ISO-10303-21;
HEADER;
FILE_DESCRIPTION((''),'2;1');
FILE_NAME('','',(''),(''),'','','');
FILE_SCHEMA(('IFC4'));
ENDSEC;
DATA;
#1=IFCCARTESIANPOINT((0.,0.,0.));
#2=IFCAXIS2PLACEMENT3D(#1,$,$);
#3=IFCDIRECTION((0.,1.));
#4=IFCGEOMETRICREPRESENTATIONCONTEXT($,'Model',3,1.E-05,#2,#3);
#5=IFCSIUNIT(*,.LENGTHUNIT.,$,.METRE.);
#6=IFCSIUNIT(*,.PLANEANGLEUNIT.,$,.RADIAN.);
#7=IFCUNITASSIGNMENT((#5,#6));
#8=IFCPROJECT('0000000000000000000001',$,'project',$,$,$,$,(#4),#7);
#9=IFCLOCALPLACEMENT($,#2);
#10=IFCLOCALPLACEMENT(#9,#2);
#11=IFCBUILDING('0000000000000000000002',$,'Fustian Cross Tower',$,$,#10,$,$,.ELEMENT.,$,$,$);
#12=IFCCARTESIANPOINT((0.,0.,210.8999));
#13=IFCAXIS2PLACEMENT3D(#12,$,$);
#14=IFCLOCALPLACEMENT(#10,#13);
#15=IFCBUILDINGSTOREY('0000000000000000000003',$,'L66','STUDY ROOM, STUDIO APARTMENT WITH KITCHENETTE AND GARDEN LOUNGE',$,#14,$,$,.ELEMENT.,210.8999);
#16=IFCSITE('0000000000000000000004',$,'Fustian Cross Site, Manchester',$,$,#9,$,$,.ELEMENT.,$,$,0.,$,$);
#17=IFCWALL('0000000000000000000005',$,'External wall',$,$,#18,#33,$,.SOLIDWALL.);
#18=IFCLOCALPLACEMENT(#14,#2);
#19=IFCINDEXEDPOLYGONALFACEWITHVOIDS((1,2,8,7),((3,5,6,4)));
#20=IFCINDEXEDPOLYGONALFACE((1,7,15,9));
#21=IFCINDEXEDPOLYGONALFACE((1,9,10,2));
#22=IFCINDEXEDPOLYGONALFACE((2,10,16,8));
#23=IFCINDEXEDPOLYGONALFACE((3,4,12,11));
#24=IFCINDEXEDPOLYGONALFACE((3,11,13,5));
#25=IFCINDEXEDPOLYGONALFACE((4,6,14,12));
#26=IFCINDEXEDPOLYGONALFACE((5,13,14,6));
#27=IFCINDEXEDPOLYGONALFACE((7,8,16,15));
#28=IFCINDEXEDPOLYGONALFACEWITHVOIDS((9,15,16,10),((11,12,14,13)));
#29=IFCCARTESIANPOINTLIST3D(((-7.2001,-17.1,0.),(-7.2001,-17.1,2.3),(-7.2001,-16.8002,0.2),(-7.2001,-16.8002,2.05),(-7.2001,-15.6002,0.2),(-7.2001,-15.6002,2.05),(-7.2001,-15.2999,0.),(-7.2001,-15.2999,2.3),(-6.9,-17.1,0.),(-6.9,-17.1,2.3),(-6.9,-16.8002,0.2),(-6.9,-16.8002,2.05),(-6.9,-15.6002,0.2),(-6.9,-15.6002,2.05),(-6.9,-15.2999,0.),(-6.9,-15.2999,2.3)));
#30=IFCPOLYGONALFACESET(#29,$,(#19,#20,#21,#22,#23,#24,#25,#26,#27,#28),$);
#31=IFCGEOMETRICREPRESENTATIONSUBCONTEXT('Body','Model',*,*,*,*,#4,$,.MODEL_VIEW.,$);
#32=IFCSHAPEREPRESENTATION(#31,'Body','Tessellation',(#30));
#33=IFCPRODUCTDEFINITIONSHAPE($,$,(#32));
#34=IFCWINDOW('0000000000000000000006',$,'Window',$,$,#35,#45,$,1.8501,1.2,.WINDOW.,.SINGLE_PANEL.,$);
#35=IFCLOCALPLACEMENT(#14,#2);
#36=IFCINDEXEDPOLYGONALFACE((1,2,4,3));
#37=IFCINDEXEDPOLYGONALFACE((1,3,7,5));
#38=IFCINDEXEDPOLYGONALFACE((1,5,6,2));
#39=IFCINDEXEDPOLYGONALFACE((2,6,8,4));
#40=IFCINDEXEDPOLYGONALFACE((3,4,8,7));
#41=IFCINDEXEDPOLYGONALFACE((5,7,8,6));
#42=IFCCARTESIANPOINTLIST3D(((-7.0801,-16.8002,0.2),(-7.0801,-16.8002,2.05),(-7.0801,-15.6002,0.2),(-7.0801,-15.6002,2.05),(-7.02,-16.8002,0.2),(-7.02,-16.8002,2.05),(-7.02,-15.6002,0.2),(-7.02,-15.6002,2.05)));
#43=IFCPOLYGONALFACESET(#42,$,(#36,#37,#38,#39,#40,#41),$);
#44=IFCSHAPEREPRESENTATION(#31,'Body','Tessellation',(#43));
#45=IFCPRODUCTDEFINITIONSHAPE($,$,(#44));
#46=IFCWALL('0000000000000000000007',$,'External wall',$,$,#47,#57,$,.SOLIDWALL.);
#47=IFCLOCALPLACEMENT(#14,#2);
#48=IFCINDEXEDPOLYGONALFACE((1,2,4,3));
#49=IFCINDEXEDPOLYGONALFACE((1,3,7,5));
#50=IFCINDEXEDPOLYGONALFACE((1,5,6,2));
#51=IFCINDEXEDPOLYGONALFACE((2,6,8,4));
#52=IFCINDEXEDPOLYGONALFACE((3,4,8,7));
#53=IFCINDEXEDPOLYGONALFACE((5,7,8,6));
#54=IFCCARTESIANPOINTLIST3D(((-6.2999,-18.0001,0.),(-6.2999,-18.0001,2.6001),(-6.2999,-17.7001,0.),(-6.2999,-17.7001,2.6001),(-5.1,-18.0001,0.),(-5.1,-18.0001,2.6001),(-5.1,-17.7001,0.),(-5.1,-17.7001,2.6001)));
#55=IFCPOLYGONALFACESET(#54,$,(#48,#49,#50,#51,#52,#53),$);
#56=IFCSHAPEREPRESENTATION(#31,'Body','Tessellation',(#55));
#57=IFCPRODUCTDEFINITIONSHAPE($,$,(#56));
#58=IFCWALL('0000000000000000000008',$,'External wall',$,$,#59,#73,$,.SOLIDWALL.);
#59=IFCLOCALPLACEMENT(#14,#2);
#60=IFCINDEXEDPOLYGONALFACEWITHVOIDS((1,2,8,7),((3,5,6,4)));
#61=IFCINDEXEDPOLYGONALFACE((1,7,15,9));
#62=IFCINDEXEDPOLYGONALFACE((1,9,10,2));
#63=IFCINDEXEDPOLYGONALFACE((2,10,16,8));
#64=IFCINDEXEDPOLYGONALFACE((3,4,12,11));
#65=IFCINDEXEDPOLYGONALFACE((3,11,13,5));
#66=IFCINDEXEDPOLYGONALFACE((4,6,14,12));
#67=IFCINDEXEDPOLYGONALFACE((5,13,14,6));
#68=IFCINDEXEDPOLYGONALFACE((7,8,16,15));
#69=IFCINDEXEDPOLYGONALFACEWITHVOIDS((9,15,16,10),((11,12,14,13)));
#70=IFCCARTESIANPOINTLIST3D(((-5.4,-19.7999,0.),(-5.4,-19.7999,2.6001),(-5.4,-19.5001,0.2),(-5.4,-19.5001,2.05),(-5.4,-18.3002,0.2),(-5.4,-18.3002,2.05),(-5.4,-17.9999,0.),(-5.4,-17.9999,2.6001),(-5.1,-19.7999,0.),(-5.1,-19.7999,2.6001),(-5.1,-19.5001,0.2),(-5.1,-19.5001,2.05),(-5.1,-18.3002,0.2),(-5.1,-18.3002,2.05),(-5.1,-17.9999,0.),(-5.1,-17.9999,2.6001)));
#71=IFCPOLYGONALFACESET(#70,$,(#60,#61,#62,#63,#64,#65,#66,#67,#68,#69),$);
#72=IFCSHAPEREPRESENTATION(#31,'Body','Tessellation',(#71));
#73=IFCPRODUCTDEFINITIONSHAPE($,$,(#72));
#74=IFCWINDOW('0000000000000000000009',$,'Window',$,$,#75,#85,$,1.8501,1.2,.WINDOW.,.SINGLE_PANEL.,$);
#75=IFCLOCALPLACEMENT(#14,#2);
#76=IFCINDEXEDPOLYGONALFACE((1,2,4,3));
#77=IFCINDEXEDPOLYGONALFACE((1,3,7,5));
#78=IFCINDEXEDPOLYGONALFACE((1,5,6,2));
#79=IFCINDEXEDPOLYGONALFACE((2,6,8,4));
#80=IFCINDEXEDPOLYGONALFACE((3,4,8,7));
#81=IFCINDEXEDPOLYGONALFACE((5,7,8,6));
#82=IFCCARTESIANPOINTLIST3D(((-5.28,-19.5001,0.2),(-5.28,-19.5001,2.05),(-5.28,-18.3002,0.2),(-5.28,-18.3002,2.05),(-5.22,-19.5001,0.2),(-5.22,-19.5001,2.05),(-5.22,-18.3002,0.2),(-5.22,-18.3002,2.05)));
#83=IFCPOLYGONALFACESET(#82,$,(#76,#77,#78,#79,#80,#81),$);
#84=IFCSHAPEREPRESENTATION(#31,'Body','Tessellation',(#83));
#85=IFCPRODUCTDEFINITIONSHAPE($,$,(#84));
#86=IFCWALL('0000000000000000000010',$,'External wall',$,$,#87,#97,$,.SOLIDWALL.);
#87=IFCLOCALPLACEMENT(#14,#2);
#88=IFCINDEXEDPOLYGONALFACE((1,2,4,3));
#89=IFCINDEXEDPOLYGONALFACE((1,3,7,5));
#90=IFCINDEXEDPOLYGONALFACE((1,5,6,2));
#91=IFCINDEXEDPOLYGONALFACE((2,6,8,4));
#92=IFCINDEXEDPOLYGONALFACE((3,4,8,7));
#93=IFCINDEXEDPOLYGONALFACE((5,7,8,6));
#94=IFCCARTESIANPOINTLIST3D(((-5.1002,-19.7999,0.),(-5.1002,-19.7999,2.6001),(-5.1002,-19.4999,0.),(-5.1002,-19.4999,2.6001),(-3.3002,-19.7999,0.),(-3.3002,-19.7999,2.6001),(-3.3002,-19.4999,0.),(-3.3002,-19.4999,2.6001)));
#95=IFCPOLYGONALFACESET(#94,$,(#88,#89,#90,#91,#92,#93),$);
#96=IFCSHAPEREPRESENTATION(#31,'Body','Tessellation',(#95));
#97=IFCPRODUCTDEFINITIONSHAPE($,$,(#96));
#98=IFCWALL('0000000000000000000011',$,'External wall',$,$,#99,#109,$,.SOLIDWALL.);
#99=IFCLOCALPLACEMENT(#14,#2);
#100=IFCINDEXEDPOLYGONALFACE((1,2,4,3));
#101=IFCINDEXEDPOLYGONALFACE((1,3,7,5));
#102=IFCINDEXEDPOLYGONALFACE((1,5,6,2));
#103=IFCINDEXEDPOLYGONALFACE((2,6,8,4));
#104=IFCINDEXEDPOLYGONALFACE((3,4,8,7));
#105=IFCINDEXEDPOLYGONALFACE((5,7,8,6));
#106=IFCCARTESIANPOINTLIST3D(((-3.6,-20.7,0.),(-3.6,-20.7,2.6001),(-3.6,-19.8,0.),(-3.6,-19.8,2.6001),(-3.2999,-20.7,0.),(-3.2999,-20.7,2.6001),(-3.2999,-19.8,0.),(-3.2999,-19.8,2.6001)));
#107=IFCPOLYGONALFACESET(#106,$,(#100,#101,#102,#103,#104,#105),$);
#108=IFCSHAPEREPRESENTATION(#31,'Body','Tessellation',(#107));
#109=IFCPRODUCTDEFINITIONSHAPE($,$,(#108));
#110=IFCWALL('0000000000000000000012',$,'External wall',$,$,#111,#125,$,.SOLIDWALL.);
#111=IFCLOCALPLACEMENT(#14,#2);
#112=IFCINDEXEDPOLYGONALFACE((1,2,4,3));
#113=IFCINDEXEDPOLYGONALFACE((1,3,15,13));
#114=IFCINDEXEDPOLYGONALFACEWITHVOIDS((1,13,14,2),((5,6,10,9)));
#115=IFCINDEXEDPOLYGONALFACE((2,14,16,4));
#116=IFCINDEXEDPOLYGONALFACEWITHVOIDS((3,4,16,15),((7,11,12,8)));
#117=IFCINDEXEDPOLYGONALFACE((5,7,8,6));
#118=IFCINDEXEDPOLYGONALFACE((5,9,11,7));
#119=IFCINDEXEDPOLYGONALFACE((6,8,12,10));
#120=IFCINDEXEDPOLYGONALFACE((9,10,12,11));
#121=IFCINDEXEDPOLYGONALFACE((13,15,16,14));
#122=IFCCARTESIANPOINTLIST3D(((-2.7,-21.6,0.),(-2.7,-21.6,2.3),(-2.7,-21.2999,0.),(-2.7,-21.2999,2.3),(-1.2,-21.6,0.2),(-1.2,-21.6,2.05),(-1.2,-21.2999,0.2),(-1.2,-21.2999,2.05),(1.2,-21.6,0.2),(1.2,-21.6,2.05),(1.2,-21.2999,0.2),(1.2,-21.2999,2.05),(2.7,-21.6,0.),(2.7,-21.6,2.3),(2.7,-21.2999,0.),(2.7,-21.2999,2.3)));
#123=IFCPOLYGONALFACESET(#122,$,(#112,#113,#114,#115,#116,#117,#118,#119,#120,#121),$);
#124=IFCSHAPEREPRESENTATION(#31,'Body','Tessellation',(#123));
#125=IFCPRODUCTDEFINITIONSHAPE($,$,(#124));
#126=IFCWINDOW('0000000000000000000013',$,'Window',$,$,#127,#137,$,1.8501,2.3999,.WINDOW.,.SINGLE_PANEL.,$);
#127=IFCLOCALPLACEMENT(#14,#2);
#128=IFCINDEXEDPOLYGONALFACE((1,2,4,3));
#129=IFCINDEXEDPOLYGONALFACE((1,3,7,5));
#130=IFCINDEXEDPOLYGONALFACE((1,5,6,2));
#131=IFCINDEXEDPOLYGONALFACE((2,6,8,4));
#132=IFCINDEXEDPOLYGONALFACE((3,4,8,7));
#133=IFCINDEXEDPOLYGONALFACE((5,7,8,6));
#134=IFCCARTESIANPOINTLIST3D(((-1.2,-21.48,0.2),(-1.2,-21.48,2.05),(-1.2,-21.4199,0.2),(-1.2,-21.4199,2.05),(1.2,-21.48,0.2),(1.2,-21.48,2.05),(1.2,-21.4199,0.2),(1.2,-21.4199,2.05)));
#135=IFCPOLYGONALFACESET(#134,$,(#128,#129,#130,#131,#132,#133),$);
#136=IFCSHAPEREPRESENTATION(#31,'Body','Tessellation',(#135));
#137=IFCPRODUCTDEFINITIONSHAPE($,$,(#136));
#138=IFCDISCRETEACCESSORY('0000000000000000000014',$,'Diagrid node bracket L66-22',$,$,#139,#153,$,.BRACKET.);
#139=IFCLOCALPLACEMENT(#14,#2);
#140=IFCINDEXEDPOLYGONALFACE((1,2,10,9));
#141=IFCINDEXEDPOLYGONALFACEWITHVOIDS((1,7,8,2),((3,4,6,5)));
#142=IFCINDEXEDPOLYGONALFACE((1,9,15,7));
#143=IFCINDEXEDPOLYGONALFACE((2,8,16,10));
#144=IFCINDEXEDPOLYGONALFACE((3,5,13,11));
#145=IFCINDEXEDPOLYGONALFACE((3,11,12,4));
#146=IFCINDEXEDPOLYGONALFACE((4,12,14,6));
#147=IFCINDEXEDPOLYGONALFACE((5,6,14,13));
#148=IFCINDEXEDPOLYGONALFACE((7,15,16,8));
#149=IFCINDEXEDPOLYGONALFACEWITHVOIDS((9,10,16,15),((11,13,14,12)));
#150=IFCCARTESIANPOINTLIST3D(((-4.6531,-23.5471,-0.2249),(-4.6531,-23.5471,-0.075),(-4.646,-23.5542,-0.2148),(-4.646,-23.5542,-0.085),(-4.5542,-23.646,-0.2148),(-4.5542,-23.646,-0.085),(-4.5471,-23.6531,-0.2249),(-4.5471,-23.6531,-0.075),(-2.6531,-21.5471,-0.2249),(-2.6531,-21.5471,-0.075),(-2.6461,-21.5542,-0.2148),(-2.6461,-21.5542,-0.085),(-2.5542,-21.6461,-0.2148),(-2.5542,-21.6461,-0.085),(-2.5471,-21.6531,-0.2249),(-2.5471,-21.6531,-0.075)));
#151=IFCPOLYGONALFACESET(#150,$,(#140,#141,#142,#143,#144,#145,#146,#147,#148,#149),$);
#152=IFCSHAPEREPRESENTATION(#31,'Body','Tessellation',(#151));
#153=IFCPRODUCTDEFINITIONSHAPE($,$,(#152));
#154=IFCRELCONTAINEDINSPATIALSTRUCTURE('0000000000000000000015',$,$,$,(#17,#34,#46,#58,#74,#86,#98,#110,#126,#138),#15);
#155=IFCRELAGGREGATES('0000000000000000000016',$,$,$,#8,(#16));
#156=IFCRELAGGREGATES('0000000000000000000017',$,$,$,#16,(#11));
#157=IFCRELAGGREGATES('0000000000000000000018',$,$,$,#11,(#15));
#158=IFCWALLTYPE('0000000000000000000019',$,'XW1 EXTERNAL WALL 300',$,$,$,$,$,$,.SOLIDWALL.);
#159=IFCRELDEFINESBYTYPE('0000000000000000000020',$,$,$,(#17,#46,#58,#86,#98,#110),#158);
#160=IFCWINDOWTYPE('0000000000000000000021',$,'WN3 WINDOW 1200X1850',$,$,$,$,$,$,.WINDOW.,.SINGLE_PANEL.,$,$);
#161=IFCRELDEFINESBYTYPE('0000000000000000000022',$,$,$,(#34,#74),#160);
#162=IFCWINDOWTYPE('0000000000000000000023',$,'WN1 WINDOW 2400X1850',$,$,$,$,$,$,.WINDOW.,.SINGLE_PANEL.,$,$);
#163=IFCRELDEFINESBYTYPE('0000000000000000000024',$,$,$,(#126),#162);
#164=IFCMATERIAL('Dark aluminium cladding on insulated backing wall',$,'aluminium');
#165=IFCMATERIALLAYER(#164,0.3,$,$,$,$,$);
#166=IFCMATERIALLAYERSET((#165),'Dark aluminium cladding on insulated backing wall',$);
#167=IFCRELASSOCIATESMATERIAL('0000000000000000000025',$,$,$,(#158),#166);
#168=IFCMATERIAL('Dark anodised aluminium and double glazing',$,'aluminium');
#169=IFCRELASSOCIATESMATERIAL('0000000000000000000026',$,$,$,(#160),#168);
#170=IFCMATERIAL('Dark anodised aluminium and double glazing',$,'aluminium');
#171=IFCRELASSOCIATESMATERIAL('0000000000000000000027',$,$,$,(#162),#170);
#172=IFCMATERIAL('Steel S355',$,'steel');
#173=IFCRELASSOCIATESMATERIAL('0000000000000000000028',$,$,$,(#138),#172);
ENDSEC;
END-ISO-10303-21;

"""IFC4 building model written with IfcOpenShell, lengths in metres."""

from ifc_helpers import new_model, si_unit, direction, frame, frame_2d, origin, origin_2d, place, context, subcontext, project, spatial, rectangle, hollow_rectangle, extrude, material, layer, layer_set, type_object, element, fill, save


model = new_model("IFC4")

# Units and contexts
model_context = context("Model", 3, precision=1e-05, world=origin(), true_north=direction((0.0, 1.0)))
body_context = subcontext(model_context, "Body", "Model", "MODEL_VIEW")
ifc_project = project(units=[si_unit("LENGTHUNIT", "METRE"), si_unit("PLANEANGLEUNIT", "RADIAN")], contexts=[model_context])

# Site, building, storey
site_placement = place(None, origin())
site = spatial("IfcSite", under=ifc_project, at=site_placement, Name="Fustian Cross Site, Manchester", CompositionType="ELEMENT", RefElevation=0.0)
building_placement = place(site_placement, origin())
building = spatial("IfcBuilding", under=site, at=building_placement, Name="Fustian Cross Tower", CompositionType="ELEMENT")
storey_placement = place(building_placement, frame((0.0, 0.0, 210.8999)))
storey = spatial("IfcBuildingStorey", under=building, at=storey_placement, Name="L66", Description="STUDY ROOM, STUDIO APARTMENT WITH KITCHENETTE AND GARDEN LOUNGE", CompositionType="ELEMENT", Elevation=210.8999)

# Shared definitions
ifc_material_1 = material(Name="Dark aluminium cladding on insulated backing wall", Category="aluminium")
ifc_layer_1 = layer(ifc_material_1, 0.3)
ifc_layer_set_1 = layer_set([ifc_layer_1], Name="Dark aluminium cladding on insulated backing wall")
wall_type_1 = type_object("IfcWallType", Name="XW1 EXTERNAL WALL 300", PredefinedType="SOLIDWALL", material=ifc_layer_set_1)

# Wall, opening, window
wall_1_placement = place(storey_placement, frame((-7.05, -15.3, 0.0), z_axis=(0.0, 0.0, 1.0), x_axis=(0.0, -1.0, 0.0)))
wall_1 = element("IfcWall", 1, at=wall_1_placement, inside=storey, type_object=wall_type_1, Name="External wall", PredefinedType="SOLIDWALL", context=body_context, shape_type="SweptSolid", body=[
    extrude(rectangle(XDim=1.8, YDim=0.3, at=frame_2d((0.8999, 0.0))), origin(), (0.0, 0.0, 1.0), 2.3),
])
opening_1_placement = place(wall_1_placement, frame((0.3, 0.0, 0.2)))
opening_1 = element("IfcOpeningElement", 2, at=opening_1_placement, cuts=wall_1, PredefinedType="OPENING", context=body_context, shape_type="SweptSolid", body=[
    extrude(rectangle(XDim=1.2, YDim=1.8501, at=frame_2d((0.6001, 0.925))), frame((0.0, 0.1599, 0.0), z_axis=(0.0, -1.0, 0.0), x_axis=(1.0, 0.0, 0.0)), (0.0, 0.0, 1.0), 0.3201),
])
ifc_material_2 = material(Name="Dark anodised aluminium and double glazing", Category="aluminium")
window_type_1 = type_object("IfcWindowType", Name="WN3 WINDOW 1200X1850", PartitioningType="SINGLE_PANEL", PredefinedType="WINDOW", material=ifc_material_2)
window_1_placement = place(opening_1_placement, origin())
window_1 = element("IfcWindow", 3, at=window_1_placement, inside=storey, type_object=window_type_1, Name="Window", OverallHeight=1.8501, OverallWidth=1.2, PartitioningType="SINGLE_PANEL", PredefinedType="WINDOW", context=body_context, shape_type="SweptSolid", body=[
    extrude(rectangle(XDim=1.2, YDim=1.8501, at=frame_2d((0.6001, 0.925))), frame((0.0, 0.03, 0.0), z_axis=(0.0, -1.0, 0.0), x_axis=(1.0, 0.0, 0.0)), (0.0, 0.0, 1.0), 0.0601),
])
fill(opening_1, window_1)

# Wall
wall_2_placement = place(storey_placement, frame((-6.3, -17.8501, 0.0), z_axis=(0.0, 0.0, 1.0), x_axis=(1.0, 0.0, 0.0)))
element("IfcWall", 4, at=wall_2_placement, inside=storey, type_object=wall_type_1, Name="External wall", PredefinedType="SOLIDWALL", context=body_context, shape_type="SweptSolid", body=[
    extrude(rectangle(XDim=1.2, YDim=0.3, at=frame_2d((0.6001, 0.0))), origin(), (0.0, 0.0, 1.0), 2.6001),
])

# Wall, opening, window
wall_3_placement = place(storey_placement, frame((-5.25, -18.0, 0.0), z_axis=(0.0, 0.0, 1.0), x_axis=(0.0, -1.0, 0.0)))
wall_3 = element("IfcWall", 5, at=wall_3_placement, inside=storey, type_object=wall_type_1, Name="External wall", PredefinedType="SOLIDWALL", context=body_context, shape_type="SweptSolid", body=[
    extrude(rectangle(XDim=1.8, YDim=0.3, at=frame_2d((0.8999, 0.0))), origin(), (0.0, 0.0, 1.0), 2.6001),
])
opening_2_placement = place(wall_3_placement, frame((0.3, 0.0, 0.2)))
opening_2 = element("IfcOpeningElement", 6, at=opening_2_placement, cuts=wall_3, PredefinedType="OPENING", context=body_context, shape_type="SweptSolid", body=[
    extrude(rectangle(XDim=1.2, YDim=1.8501, at=frame_2d((0.6001, 0.925))), frame((0.0, 0.1599, 0.0), z_axis=(0.0, -1.0, 0.0), x_axis=(1.0, 0.0, 0.0)), (0.0, 0.0, 1.0), 0.3201),
])
window_2_placement = place(opening_2_placement, origin())
window_2 = element("IfcWindow", 7, at=window_2_placement, inside=storey, type_object=window_type_1, Name="Window", OverallHeight=1.8501, OverallWidth=1.2, PartitioningType="SINGLE_PANEL", PredefinedType="WINDOW", context=body_context, shape_type="SweptSolid", body=[
    extrude(rectangle(XDim=1.2, YDim=1.8501, at=frame_2d((0.6001, 0.925))), frame((0.0, 0.03, 0.0), z_axis=(0.0, -1.0, 0.0), x_axis=(1.0, 0.0, 0.0)), (0.0, 0.0, 1.0), 0.0601),
])
fill(opening_2, window_2)

# Walls
wall_4_placement = place(storey_placement, frame((-5.1001, -19.6499, 0.0), z_axis=(0.0, 0.0, 1.0), x_axis=(1.0, 0.0, 0.0)))
element("IfcWall", 8, at=wall_4_placement, inside=storey, type_object=wall_type_1, Name="External wall", PredefinedType="SOLIDWALL", context=body_context, shape_type="SweptSolid", body=[
    extrude(rectangle(XDim=1.8, YDim=0.3, at=frame_2d((0.8999, 0.0))), origin(), (0.0, 0.0, 1.0), 2.6001),
])
wall_5_placement = place(storey_placement, frame((-3.45, -19.8, 0.0), z_axis=(0.0, 0.0, 1.0), x_axis=(0.0, -1.0, 0.0)))
element("IfcWall", 9, at=wall_5_placement, inside=storey, type_object=wall_type_1, Name="External wall", PredefinedType="SOLIDWALL", context=body_context, shape_type="SweptSolid", body=[
    extrude(rectangle(XDim=0.8999, YDim=0.3, at=frame_2d((0.45, 0.0))), origin(), (0.0, 0.0, 1.0), 2.6001),
])

# Wall, opening, window
wall_6_placement = place(storey_placement, frame((-2.7, -21.45, 0.0), z_axis=(0.0, 0.0, 1.0), x_axis=(1.0, 0.0, 0.0)))
wall_6 = element("IfcWall", 10, at=wall_6_placement, inside=storey, type_object=wall_type_1, Name="External wall", PredefinedType="SOLIDWALL", context=body_context, shape_type="SweptSolid", body=[
    extrude(rectangle(XDim=5.3999, YDim=0.3, at=frame_2d((2.7, 0.0))), origin(), (0.0, 0.0, 1.0), 2.3),
])
opening_3_placement = place(wall_6_placement, frame((1.5, 0.0, 0.2)))
opening_3 = element("IfcOpeningElement", 11, at=opening_3_placement, cuts=wall_6, PredefinedType="OPENING", context=body_context, shape_type="SweptSolid", body=[
    extrude(rectangle(XDim=2.3999, YDim=1.8501, at=frame_2d((1.2, 0.925))), frame((0.0, 0.1599, 0.0), z_axis=(0.0, -1.0, 0.0), x_axis=(1.0, 0.0, 0.0)), (0.0, 0.0, 1.0), 0.3201),
])
ifc_material_3 = material(Name="Dark anodised aluminium and double glazing", Category="aluminium")
window_type_2 = type_object("IfcWindowType", Name="WN1 WINDOW 2400X1850", PartitioningType="SINGLE_PANEL", PredefinedType="WINDOW", material=ifc_material_3)
window_3_placement = place(opening_3_placement, origin())
window_3 = element("IfcWindow", 12, at=window_3_placement, inside=storey, type_object=window_type_2, Name="Window", OverallHeight=1.8501, OverallWidth=2.3999, PartitioningType="SINGLE_PANEL", PredefinedType="WINDOW", context=body_context, shape_type="SweptSolid", body=[
    extrude(rectangle(XDim=2.3999, YDim=1.8501, at=frame_2d((1.2, 0.925))), frame((0.0, 0.03, 0.0), z_axis=(0.0, -1.0, 0.0), x_axis=(1.0, 0.0, 0.0)), (0.0, 0.0, 1.0), 0.0601),
])
fill(opening_3, window_3)

# Discrete accessory
ifc_material_4 = material(Name="Steel S355", Category="steel")
discrete_accessory_placement = place(storey_placement, frame((-4.6001, -23.6001, -0.1499), z_axis=(0.707107, 0.707107, 0.0), x_axis=(-0.707107, 0.707107, 0.0)))
element("IfcDiscreteAccessory", 13, at=discrete_accessory_placement, inside=storey, material=ifc_material_4, Name="Diagrid node bracket L66-22", PredefinedType="BRACKET", context=body_context, shape_type="SweptSolid", body=[
    extrude(hollow_rectangle(XDim=0.1499, YDim=0.1499, WallThickness=0.01, at=origin_2d()), origin(), (0.0, 0.0, 1.0), 2.8284),
])

save(model, "model.ifc")
